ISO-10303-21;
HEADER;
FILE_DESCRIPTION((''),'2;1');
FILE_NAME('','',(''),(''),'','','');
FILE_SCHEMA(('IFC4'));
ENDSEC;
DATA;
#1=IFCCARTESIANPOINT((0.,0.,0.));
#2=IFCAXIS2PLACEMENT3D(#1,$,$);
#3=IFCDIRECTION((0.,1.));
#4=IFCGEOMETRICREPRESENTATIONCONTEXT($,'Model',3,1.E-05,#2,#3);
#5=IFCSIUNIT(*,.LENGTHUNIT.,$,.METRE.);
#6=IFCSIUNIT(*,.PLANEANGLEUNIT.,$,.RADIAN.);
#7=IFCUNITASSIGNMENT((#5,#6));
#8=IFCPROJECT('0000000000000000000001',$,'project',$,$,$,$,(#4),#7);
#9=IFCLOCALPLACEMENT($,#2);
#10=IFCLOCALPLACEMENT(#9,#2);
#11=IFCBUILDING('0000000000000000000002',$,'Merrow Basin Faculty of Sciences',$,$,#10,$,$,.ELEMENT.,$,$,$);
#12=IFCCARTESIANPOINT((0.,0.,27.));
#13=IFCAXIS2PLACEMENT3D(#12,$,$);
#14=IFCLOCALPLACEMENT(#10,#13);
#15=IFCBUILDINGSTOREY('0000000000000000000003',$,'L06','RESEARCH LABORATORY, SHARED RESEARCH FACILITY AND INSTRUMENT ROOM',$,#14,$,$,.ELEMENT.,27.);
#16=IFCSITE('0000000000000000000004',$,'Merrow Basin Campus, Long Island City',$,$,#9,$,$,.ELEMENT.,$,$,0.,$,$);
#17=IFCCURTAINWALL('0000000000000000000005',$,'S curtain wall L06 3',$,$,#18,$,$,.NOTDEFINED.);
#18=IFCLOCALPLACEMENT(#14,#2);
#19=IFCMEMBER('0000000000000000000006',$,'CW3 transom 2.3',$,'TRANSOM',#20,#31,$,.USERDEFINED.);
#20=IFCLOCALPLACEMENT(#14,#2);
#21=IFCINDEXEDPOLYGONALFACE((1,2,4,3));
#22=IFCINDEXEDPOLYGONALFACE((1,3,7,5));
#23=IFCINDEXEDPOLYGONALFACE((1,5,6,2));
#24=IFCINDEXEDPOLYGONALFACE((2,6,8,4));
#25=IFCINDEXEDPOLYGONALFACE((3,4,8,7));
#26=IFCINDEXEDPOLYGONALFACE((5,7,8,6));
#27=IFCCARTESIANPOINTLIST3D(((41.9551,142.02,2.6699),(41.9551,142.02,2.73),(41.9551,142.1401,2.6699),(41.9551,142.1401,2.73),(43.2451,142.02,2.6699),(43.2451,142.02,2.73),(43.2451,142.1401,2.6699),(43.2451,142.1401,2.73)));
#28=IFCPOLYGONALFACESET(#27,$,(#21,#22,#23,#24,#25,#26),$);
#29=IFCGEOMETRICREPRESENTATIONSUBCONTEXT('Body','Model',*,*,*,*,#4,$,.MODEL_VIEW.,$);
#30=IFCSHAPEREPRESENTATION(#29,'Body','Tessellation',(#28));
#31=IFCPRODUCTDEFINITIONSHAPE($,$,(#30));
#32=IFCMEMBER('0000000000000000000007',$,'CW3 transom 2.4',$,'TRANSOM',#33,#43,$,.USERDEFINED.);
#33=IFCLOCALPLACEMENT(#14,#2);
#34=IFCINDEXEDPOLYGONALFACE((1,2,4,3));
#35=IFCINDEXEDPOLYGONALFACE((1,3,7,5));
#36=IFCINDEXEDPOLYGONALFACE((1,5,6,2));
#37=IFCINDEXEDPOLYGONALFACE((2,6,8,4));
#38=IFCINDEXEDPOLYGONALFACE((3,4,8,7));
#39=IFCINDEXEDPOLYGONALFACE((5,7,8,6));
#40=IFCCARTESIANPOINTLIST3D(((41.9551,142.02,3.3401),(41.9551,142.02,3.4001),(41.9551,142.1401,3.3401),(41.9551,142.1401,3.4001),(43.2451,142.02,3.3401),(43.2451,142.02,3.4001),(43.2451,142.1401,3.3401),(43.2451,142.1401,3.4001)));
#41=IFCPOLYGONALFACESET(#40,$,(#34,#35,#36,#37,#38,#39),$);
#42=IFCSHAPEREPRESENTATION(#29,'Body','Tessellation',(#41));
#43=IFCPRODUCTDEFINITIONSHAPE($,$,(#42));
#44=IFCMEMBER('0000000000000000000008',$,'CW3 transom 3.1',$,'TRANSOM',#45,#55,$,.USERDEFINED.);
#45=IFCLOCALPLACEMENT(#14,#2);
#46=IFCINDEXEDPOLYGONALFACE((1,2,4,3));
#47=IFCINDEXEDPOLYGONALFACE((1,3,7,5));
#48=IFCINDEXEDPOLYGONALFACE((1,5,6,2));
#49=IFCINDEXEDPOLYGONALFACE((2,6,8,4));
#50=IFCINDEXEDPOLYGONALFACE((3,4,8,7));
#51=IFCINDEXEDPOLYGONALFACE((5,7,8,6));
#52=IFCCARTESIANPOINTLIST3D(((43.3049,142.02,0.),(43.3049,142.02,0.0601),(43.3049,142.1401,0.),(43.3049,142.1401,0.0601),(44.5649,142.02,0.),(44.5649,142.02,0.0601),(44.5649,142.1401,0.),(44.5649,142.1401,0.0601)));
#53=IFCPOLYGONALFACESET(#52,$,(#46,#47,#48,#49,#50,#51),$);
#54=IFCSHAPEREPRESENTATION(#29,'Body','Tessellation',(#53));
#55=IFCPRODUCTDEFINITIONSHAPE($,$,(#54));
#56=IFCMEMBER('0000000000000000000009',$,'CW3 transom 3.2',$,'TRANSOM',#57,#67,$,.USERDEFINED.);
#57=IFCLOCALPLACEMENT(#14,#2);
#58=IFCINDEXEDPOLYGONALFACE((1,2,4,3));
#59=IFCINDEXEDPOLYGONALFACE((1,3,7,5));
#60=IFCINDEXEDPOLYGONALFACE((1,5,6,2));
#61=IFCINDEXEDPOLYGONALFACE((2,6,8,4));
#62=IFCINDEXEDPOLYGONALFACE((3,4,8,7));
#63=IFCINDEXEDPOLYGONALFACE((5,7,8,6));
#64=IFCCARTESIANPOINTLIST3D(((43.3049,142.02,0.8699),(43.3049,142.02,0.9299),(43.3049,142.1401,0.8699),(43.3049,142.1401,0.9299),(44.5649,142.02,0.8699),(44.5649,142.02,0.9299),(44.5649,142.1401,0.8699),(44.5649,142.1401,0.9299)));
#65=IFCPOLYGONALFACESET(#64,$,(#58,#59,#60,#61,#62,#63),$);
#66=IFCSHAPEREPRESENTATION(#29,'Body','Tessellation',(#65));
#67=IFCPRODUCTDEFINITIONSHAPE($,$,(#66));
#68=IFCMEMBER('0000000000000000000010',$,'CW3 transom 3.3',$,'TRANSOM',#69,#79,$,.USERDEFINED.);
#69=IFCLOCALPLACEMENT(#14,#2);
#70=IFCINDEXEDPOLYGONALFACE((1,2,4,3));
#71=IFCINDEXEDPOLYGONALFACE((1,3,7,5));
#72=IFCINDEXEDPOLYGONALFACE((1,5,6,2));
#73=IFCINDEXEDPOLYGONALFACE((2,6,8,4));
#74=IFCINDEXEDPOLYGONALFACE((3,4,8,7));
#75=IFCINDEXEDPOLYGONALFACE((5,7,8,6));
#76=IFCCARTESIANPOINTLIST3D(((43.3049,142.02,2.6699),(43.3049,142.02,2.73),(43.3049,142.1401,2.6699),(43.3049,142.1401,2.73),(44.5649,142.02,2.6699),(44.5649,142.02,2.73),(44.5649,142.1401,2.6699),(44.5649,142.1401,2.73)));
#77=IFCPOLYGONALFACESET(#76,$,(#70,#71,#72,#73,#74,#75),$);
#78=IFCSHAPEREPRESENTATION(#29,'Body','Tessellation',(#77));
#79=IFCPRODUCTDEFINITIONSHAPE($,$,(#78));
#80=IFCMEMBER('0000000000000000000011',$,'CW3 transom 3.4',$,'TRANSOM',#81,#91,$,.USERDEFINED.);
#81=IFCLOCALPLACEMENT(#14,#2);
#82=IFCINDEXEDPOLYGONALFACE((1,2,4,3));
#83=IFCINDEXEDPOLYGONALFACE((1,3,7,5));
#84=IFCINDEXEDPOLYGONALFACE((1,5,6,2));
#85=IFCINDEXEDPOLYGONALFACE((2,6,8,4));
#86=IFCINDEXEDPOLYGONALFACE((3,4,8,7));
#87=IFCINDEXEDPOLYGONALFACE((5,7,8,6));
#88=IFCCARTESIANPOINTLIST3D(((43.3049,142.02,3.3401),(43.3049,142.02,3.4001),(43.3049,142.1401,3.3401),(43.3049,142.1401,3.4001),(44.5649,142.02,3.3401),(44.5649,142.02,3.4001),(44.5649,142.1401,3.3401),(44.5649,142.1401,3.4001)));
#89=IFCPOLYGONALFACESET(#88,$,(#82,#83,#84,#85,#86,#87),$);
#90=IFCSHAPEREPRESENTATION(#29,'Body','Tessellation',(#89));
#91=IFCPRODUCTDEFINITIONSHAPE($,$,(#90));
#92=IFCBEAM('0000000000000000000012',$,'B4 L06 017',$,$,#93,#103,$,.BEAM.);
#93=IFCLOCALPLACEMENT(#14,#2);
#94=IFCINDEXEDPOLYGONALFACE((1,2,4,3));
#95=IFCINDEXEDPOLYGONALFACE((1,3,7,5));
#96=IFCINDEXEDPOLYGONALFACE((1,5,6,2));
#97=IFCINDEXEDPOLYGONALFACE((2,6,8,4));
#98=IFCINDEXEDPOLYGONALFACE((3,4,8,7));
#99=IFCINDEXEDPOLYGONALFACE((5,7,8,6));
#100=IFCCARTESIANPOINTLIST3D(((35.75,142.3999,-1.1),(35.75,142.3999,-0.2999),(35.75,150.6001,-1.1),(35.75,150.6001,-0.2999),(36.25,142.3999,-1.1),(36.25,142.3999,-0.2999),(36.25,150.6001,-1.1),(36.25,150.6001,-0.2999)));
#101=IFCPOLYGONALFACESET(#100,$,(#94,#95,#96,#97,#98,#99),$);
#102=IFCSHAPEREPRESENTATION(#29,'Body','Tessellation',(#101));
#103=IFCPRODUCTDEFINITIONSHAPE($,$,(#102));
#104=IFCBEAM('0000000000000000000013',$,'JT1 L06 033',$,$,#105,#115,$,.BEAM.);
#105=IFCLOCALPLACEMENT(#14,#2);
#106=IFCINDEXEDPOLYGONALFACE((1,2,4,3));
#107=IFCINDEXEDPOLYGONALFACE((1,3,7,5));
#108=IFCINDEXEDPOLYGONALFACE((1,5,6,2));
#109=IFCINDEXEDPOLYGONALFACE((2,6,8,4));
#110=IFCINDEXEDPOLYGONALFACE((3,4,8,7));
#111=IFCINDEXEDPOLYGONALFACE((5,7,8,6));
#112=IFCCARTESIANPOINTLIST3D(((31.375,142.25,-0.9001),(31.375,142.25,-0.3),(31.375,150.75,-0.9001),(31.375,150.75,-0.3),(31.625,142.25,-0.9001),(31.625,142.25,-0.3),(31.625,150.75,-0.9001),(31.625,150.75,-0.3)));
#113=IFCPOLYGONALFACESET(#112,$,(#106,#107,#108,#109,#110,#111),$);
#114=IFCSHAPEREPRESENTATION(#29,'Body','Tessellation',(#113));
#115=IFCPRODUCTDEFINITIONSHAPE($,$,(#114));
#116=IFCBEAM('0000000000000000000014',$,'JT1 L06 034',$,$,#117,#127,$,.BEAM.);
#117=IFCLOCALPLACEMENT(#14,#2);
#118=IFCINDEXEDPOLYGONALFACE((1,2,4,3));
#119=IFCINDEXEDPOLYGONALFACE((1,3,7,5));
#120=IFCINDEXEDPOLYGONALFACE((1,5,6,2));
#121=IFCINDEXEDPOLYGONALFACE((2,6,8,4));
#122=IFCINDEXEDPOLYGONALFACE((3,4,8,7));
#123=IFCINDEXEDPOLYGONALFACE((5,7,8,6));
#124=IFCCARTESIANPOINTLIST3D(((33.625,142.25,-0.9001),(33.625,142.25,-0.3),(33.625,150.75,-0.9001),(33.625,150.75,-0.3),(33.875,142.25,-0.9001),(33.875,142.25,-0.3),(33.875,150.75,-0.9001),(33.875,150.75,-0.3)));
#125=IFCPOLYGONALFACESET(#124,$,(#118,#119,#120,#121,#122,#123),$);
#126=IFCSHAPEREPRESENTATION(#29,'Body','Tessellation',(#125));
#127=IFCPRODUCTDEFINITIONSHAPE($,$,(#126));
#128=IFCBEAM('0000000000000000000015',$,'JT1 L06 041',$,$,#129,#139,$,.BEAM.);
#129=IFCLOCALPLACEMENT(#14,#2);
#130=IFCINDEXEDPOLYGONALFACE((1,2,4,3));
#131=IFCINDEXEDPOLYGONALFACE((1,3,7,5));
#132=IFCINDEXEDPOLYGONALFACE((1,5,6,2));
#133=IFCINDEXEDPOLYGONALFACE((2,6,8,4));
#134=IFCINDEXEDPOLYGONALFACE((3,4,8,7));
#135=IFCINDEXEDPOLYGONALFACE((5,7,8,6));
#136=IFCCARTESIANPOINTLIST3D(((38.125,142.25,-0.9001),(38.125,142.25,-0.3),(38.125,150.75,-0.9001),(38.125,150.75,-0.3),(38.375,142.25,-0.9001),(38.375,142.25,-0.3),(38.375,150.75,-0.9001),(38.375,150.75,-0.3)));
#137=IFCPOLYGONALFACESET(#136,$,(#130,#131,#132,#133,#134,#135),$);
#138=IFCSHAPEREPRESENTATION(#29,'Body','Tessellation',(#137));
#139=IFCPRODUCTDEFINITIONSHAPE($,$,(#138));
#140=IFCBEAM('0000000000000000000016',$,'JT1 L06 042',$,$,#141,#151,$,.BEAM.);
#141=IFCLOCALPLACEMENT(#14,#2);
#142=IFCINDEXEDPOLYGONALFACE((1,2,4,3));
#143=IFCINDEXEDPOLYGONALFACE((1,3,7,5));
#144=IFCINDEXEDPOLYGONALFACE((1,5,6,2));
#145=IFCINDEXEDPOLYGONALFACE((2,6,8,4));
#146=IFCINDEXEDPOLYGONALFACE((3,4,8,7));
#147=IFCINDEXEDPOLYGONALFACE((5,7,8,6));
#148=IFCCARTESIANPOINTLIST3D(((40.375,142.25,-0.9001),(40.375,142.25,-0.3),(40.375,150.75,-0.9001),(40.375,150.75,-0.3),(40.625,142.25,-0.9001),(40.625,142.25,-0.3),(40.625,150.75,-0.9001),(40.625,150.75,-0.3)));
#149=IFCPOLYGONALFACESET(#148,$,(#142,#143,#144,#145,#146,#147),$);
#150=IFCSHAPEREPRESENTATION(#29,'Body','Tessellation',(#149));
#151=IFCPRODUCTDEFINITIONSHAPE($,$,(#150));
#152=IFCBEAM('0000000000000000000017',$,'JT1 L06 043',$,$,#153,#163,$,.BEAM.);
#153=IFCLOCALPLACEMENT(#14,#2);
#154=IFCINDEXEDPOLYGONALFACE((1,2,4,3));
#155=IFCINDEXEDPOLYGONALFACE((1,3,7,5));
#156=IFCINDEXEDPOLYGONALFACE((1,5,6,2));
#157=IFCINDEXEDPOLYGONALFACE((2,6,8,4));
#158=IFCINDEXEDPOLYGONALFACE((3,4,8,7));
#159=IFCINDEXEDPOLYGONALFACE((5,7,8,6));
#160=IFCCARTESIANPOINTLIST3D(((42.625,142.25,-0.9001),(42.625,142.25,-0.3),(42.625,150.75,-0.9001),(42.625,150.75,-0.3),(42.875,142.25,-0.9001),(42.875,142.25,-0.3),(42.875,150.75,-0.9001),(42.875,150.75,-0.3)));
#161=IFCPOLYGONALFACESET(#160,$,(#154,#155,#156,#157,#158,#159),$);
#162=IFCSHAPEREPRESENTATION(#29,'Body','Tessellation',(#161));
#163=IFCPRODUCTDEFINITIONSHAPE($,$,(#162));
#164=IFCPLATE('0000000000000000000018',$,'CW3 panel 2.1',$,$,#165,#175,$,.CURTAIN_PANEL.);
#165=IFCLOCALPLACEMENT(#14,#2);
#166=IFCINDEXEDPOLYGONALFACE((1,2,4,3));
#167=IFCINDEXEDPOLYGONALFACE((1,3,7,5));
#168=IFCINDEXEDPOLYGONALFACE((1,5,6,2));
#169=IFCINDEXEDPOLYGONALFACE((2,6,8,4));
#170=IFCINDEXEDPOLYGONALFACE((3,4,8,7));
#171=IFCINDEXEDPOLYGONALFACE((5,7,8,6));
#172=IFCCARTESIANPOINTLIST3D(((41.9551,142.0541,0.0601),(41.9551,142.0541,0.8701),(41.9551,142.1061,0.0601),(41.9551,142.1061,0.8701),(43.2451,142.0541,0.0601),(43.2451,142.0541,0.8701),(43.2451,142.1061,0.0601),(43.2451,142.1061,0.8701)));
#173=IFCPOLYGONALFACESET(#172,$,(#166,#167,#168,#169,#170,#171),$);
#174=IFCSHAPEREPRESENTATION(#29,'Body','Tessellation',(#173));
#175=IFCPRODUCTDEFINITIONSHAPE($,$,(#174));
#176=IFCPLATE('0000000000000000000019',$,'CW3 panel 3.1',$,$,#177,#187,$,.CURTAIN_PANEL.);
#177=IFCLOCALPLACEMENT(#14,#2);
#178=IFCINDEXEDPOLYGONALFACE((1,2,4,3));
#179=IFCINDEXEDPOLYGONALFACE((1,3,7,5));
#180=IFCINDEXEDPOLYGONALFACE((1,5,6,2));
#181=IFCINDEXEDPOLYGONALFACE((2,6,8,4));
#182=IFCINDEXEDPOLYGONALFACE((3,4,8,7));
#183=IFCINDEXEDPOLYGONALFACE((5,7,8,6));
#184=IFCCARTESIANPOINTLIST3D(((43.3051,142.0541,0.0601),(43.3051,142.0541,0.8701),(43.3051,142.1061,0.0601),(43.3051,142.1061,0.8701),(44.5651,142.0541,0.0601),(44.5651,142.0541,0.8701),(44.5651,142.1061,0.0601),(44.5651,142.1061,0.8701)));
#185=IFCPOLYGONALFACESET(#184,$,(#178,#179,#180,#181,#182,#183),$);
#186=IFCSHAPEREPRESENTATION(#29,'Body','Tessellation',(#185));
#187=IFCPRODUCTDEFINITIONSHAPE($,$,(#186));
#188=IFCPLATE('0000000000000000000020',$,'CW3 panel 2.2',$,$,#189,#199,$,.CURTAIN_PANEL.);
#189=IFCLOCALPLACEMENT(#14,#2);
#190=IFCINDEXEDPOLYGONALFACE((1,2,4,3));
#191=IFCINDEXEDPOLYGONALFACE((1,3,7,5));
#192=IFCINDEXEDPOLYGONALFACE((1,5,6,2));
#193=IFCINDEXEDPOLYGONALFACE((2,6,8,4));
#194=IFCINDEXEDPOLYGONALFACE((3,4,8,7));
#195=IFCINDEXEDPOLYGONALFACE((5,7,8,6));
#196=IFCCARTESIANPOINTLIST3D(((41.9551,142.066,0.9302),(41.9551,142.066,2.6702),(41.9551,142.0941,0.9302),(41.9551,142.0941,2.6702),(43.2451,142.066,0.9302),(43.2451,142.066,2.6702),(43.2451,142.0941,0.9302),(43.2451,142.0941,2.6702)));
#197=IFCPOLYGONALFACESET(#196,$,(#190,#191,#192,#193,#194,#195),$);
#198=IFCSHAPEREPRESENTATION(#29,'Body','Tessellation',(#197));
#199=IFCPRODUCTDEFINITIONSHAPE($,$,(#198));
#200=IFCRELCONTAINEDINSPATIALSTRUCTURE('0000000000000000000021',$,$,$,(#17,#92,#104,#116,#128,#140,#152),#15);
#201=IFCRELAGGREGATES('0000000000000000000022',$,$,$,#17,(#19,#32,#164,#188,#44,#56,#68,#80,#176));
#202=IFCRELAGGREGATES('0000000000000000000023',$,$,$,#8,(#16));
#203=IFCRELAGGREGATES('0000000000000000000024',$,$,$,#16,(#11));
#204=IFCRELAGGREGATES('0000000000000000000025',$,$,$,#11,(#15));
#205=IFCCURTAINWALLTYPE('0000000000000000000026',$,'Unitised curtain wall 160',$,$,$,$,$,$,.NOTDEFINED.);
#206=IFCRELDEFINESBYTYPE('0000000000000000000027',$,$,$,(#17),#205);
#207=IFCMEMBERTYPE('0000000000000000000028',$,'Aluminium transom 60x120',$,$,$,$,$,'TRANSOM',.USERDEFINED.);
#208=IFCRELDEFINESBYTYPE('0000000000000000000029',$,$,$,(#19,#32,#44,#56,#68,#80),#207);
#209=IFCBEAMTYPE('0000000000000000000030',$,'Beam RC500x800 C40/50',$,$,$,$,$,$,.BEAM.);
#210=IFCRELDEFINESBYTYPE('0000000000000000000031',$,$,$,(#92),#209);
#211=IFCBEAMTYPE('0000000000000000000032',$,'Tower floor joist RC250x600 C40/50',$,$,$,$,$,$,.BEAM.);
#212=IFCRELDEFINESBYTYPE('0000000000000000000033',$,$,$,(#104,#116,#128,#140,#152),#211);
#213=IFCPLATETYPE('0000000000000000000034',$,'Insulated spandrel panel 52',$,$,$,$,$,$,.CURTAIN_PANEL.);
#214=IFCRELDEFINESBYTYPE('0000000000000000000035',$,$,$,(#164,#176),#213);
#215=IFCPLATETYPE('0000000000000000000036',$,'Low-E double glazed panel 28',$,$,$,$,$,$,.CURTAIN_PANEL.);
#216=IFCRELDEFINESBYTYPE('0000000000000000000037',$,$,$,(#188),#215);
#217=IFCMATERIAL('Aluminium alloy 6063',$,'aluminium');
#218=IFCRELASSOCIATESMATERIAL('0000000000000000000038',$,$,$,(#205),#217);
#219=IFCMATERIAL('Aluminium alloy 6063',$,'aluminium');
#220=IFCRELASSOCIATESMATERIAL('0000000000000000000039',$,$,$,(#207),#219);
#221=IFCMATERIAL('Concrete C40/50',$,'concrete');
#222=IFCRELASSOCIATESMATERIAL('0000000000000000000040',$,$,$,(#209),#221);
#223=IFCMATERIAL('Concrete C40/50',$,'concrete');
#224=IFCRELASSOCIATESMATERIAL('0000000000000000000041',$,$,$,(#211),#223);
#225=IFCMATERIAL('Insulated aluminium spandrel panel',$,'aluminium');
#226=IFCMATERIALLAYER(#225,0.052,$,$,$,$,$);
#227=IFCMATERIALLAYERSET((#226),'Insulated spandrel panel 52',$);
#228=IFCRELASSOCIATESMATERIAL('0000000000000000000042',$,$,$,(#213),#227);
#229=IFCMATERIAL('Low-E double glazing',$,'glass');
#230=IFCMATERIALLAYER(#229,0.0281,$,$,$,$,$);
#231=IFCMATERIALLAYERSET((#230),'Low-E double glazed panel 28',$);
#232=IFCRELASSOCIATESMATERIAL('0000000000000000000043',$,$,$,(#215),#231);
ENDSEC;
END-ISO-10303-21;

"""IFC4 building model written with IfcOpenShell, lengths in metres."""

from ifc_helpers import new_model, si_unit, direction, frame, origin, origin_2d, place, context, subcontext, project, spatial, rectangle, extrude, material, layer, layer_set, material_profile, profile_set, type_object, element, aggregate, save


model = new_model("IFC4")

# Units and contexts
model_context = context("Model", 3, precision=1e-05, world=origin(), true_north=direction((0.0, 1.0)))
body_context = subcontext(model_context, "Body", "Model", "MODEL_VIEW")
ifc_project = project(units=[si_unit("LENGTHUNIT", "METRE"), si_unit("PLANEANGLEUNIT", "RADIAN")], contexts=[model_context])

# Site, building, storey
site_placement = place(None, origin())
site = spatial("IfcSite", under=ifc_project, at=site_placement, Name="Merrow Basin Campus, Long Island City", CompositionType="ELEMENT", RefElevation=0.0)
building_placement = place(site_placement, origin())
building = spatial("IfcBuilding", under=site, at=building_placement, Name="Merrow Basin Faculty of Sciences", CompositionType="ELEMENT")
storey_placement = place(building_placement, frame((0.0, 0.0, 27.0)))
storey = spatial("IfcBuildingStorey", under=building, at=storey_placement, Name="L06", Description="RESEARCH LABORATORY, SHARED RESEARCH FACILITY AND INSTRUMENT ROOM", CompositionType="ELEMENT", Elevation=27.0)

# Curtain wall, members
ifc_material_1 = material(Name="Aluminium alloy 6063", Category="aluminium")
curtain_wall_type = type_object("IfcCurtainWallType", Name="Unitised curtain wall 160", PredefinedType="NOTDEFINED", material=ifc_material_1)
curtain_wall_placement = place(storey_placement, origin())
curtain_wall = element("IfcCurtainWall", 1, at=curtain_wall_placement, inside=storey, type_object=curtain_wall_type, Name="S curtain wall L06 3", PredefinedType="NOTDEFINED")
ifc_material_2 = material(Name="Aluminium alloy 6063", Category="aluminium")
ifc_material_profile_1 = material_profile(ifc_material_2, rectangle(XDim=0.1201, YDim=0.0601, at=origin_2d()))
ifc_profile_set_1 = profile_set([ifc_material_profile_1], Name="Aluminium alloy 6063")
member_type = type_object("IfcMemberType", Name="Aluminium transom 60x120", ElementType="TRANSOM", PredefinedType="USERDEFINED", material=ifc_profile_set_1)
member_1_placement = place(storey_placement, frame((41.9551, 142.0801, 2.7), z_axis=(1.0, 0.0, 0.0), x_axis=(0.0, 1.0, 0.0)))
member_1 = element("IfcMember", 2, at=member_1_placement, type_object=member_type, Name="CW3 transom 2.3", ObjectType="TRANSOM", PredefinedType="USERDEFINED", context=body_context, shape_type="SweptSolid", body=[
    extrude(rectangle(XDim=0.1201, YDim=0.0601, at=origin_2d()), origin(), (0.0, 0.0, 1.0), 1.29),
])
member_2_placement = place(storey_placement, frame((41.9551, 142.0801, 3.3701), z_axis=(1.0, 0.0, 0.0), x_axis=(0.0, 1.0, 0.0)))
member_2 = element("IfcMember", 3, at=member_2_placement, type_object=member_type, Name="CW3 transom 2.4", ObjectType="TRANSOM", PredefinedType="USERDEFINED", context=body_context, shape_type="SweptSolid", body=[
    extrude(rectangle(XDim=0.1201, YDim=0.0601, at=origin_2d()), origin(), (0.0, 0.0, 1.0), 1.29),
])
member_3_placement = place(storey_placement, frame((43.3049, 142.0801, 0.03), z_axis=(1.0, 0.0, 0.0), x_axis=(0.0, 1.0, 0.0)))
member_3 = element("IfcMember", 4, at=member_3_placement, type_object=member_type, Name="CW3 transom 3.1", ObjectType="TRANSOM", PredefinedType="USERDEFINED", context=body_context, shape_type="SweptSolid", body=[
    extrude(rectangle(XDim=0.1201, YDim=0.0601, at=origin_2d()), origin(), (0.0, 0.0, 1.0), 1.26),
])
member_4_placement = place(storey_placement, frame((43.3049, 142.0801, 0.8999), z_axis=(1.0, 0.0, 0.0), x_axis=(0.0, 1.0, 0.0)))
member_4 = element("IfcMember", 5, at=member_4_placement, type_object=member_type, Name="CW3 transom 3.2", ObjectType="TRANSOM", PredefinedType="USERDEFINED", context=body_context, shape_type="SweptSolid", body=[
    extrude(rectangle(XDim=0.1201, YDim=0.0601, at=origin_2d()), origin(), (0.0, 0.0, 1.0), 1.26),
])
member_5_placement = place(storey_placement, frame((43.3049, 142.0801, 2.7), z_axis=(1.0, 0.0, 0.0), x_axis=(0.0, 1.0, 0.0)))
member_5 = element("IfcMember", 6, at=member_5_placement, type_object=member_type, Name="CW3 transom 3.3", ObjectType="TRANSOM", PredefinedType="USERDEFINED", context=body_context, shape_type="SweptSolid", body=[
    extrude(rectangle(XDim=0.1201, YDim=0.0601, at=origin_2d()), origin(), (0.0, 0.0, 1.0), 1.26),
])
member_6_placement = place(storey_placement, frame((43.3049, 142.0801, 3.3701), z_axis=(1.0, 0.0, 0.0), x_axis=(0.0, 1.0, 0.0)))
member_6 = element("IfcMember", 7, at=member_6_placement, type_object=member_type, Name="CW3 transom 3.4", ObjectType="TRANSOM", PredefinedType="USERDEFINED", context=body_context, shape_type="SweptSolid", body=[
    extrude(rectangle(XDim=0.1201, YDim=0.0601, at=origin_2d()), origin(), (0.0, 0.0, 1.0), 1.26),
])

# Beams
ifc_material_3 = material(Name="Concrete C40/50", Category="concrete")
ifc_material_profile_2 = material_profile(ifc_material_3, rectangle(XDim=0.5, YDim=0.8, at=origin_2d()))
ifc_profile_set_2 = profile_set([ifc_material_profile_2], Name="Concrete C40/50")
beam_type_1 = type_object("IfcBeamType", Name="Beam RC500x800 C40/50", PredefinedType="BEAM", material=ifc_profile_set_2)
beam_placement = place(storey_placement, frame((36.0, 142.3999, -0.7), z_axis=(0.0, 1.0, 0.0), x_axis=(-1.0, 0.0, 0.0)))
element("IfcBeam", 8, at=beam_placement, inside=storey, type_object=beam_type_1, Name="B4 L06 017", PredefinedType="BEAM", context=body_context, shape_type="SweptSolid", body=[
    extrude(rectangle(XDim=0.5, YDim=0.8, at=origin_2d()), origin(), (0.0, 0.0, 1.0), 8.2002),
])
ifc_material_4 = material(Name="Concrete C40/50", Category="concrete")
ifc_material_profile_3 = material_profile(ifc_material_4, rectangle(XDim=0.25, YDim=0.6001, at=origin_2d()))
ifc_profile_set_3 = profile_set([ifc_material_profile_3], Name="Concrete C40/50")
beam_type_2 = type_object("IfcBeamType", Name="Tower floor joist RC250x600 C40/50", PredefinedType="BEAM", material=ifc_profile_set_3)
for number, where, z_axis, x_axis, name in (
    (9, (31.5, 142.25, -0.6001), (0.0, 1.0, 0.0), (-1.0, 0.0, 0.0), "JT1 L06 033"),
    (10, (33.75, 142.25, -0.6001), (0.0, 1.0, 0.0), (-1.0, 0.0, 0.0), "JT1 L06 034"),
    (11, (38.25, 142.25, -0.6001), (0.0, 1.0, 0.0), (-1.0, 0.0, 0.0), "JT1 L06 041"),
    (12, (40.5, 142.25, -0.6001), (0.0, 1.0, 0.0), (-1.0, 0.0, 0.0), "JT1 L06 042"),
    (13, (42.75, 142.25, -0.6001), (0.0, 1.0, 0.0), (-1.0, 0.0, 0.0), "JT1 L06 043"),
):
    element("IfcBeam", number, at=place(storey_placement, frame(where, z_axis=z_axis, x_axis=x_axis)), inside=storey, type_object=beam_type_2, Name=name, PredefinedType="BEAM", context=body_context, shape_type="SweptSolid", body=[
        extrude(rectangle(XDim=0.25, YDim=0.6001, at=origin_2d()), origin(), (0.0, 0.0, 1.0), 8.5),
    ])

# Plates
ifc_material_5 = material(Name="Insulated aluminium spandrel panel", Category="aluminium")
ifc_layer_1 = layer(ifc_material_5, 0.052)
ifc_layer_set_1 = layer_set([ifc_layer_1], Name="Insulated spandrel panel 52")
plate_type_1 = type_object("IfcPlateType", Name="Insulated spandrel panel 52", PredefinedType="CURTAIN_PANEL", material=ifc_layer_set_1)
plate_1_placement = place(storey_placement, frame((42.6001, 142.0801, 0.0601), z_axis=(0.0, 0.0, 1.0), x_axis=(1.0, 0.0, 0.0)))
plate_1 = element("IfcPlate", 14, at=plate_1_placement, type_object=plate_type_1, Name="CW3 panel 2.1", PredefinedType="CURTAIN_PANEL", context=body_context, shape_type="SweptSolid", body=[
    extrude(rectangle(XDim=1.29, YDim=0.052, at=origin_2d()), origin(), (0.0, 0.0, 1.0), 0.8101),
])
plate_2_placement = place(storey_placement, frame((43.9351, 142.0801, 0.0601), z_axis=(0.0, 0.0, 1.0), x_axis=(1.0, 0.0, 0.0)))
plate_2 = element("IfcPlate", 15, at=plate_2_placement, type_object=plate_type_1, Name="CW3 panel 3.1", PredefinedType="CURTAIN_PANEL", context=body_context, shape_type="SweptSolid", body=[
    extrude(rectangle(XDim=1.26, YDim=0.052, at=origin_2d()), origin(), (0.0, 0.0, 1.0), 0.8101),
])
ifc_material_6 = material(Name="Low-E double glazing", Category="glass")
ifc_layer_2 = layer(ifc_material_6, 0.0281)
ifc_layer_set_2 = layer_set([ifc_layer_2], Name="Low-E double glazed panel 28")
plate_type_2 = type_object("IfcPlateType", Name="Low-E double glazed panel 28", PredefinedType="CURTAIN_PANEL", material=ifc_layer_set_2)
plate_3_placement = place(storey_placement, frame((42.6001, 142.0801, 0.9302), z_axis=(0.0, 0.0, 1.0), x_axis=(1.0, 0.0, 0.0)))
plate_3 = element("IfcPlate", 16, at=plate_3_placement, type_object=plate_type_2, Name="CW3 panel 2.2", PredefinedType="CURTAIN_PANEL", context=body_context, shape_type="SweptSolid", body=[
    extrude(rectangle(XDim=1.29, YDim=0.0281, at=origin_2d()), origin(), (0.0, 0.0, 1.0), 1.74),
])
aggregate(curtain_wall, [member_1, member_2, plate_1, plate_3, member_3, member_4, member_5, member_6, plate_2])

save(model, "model.ifc")
